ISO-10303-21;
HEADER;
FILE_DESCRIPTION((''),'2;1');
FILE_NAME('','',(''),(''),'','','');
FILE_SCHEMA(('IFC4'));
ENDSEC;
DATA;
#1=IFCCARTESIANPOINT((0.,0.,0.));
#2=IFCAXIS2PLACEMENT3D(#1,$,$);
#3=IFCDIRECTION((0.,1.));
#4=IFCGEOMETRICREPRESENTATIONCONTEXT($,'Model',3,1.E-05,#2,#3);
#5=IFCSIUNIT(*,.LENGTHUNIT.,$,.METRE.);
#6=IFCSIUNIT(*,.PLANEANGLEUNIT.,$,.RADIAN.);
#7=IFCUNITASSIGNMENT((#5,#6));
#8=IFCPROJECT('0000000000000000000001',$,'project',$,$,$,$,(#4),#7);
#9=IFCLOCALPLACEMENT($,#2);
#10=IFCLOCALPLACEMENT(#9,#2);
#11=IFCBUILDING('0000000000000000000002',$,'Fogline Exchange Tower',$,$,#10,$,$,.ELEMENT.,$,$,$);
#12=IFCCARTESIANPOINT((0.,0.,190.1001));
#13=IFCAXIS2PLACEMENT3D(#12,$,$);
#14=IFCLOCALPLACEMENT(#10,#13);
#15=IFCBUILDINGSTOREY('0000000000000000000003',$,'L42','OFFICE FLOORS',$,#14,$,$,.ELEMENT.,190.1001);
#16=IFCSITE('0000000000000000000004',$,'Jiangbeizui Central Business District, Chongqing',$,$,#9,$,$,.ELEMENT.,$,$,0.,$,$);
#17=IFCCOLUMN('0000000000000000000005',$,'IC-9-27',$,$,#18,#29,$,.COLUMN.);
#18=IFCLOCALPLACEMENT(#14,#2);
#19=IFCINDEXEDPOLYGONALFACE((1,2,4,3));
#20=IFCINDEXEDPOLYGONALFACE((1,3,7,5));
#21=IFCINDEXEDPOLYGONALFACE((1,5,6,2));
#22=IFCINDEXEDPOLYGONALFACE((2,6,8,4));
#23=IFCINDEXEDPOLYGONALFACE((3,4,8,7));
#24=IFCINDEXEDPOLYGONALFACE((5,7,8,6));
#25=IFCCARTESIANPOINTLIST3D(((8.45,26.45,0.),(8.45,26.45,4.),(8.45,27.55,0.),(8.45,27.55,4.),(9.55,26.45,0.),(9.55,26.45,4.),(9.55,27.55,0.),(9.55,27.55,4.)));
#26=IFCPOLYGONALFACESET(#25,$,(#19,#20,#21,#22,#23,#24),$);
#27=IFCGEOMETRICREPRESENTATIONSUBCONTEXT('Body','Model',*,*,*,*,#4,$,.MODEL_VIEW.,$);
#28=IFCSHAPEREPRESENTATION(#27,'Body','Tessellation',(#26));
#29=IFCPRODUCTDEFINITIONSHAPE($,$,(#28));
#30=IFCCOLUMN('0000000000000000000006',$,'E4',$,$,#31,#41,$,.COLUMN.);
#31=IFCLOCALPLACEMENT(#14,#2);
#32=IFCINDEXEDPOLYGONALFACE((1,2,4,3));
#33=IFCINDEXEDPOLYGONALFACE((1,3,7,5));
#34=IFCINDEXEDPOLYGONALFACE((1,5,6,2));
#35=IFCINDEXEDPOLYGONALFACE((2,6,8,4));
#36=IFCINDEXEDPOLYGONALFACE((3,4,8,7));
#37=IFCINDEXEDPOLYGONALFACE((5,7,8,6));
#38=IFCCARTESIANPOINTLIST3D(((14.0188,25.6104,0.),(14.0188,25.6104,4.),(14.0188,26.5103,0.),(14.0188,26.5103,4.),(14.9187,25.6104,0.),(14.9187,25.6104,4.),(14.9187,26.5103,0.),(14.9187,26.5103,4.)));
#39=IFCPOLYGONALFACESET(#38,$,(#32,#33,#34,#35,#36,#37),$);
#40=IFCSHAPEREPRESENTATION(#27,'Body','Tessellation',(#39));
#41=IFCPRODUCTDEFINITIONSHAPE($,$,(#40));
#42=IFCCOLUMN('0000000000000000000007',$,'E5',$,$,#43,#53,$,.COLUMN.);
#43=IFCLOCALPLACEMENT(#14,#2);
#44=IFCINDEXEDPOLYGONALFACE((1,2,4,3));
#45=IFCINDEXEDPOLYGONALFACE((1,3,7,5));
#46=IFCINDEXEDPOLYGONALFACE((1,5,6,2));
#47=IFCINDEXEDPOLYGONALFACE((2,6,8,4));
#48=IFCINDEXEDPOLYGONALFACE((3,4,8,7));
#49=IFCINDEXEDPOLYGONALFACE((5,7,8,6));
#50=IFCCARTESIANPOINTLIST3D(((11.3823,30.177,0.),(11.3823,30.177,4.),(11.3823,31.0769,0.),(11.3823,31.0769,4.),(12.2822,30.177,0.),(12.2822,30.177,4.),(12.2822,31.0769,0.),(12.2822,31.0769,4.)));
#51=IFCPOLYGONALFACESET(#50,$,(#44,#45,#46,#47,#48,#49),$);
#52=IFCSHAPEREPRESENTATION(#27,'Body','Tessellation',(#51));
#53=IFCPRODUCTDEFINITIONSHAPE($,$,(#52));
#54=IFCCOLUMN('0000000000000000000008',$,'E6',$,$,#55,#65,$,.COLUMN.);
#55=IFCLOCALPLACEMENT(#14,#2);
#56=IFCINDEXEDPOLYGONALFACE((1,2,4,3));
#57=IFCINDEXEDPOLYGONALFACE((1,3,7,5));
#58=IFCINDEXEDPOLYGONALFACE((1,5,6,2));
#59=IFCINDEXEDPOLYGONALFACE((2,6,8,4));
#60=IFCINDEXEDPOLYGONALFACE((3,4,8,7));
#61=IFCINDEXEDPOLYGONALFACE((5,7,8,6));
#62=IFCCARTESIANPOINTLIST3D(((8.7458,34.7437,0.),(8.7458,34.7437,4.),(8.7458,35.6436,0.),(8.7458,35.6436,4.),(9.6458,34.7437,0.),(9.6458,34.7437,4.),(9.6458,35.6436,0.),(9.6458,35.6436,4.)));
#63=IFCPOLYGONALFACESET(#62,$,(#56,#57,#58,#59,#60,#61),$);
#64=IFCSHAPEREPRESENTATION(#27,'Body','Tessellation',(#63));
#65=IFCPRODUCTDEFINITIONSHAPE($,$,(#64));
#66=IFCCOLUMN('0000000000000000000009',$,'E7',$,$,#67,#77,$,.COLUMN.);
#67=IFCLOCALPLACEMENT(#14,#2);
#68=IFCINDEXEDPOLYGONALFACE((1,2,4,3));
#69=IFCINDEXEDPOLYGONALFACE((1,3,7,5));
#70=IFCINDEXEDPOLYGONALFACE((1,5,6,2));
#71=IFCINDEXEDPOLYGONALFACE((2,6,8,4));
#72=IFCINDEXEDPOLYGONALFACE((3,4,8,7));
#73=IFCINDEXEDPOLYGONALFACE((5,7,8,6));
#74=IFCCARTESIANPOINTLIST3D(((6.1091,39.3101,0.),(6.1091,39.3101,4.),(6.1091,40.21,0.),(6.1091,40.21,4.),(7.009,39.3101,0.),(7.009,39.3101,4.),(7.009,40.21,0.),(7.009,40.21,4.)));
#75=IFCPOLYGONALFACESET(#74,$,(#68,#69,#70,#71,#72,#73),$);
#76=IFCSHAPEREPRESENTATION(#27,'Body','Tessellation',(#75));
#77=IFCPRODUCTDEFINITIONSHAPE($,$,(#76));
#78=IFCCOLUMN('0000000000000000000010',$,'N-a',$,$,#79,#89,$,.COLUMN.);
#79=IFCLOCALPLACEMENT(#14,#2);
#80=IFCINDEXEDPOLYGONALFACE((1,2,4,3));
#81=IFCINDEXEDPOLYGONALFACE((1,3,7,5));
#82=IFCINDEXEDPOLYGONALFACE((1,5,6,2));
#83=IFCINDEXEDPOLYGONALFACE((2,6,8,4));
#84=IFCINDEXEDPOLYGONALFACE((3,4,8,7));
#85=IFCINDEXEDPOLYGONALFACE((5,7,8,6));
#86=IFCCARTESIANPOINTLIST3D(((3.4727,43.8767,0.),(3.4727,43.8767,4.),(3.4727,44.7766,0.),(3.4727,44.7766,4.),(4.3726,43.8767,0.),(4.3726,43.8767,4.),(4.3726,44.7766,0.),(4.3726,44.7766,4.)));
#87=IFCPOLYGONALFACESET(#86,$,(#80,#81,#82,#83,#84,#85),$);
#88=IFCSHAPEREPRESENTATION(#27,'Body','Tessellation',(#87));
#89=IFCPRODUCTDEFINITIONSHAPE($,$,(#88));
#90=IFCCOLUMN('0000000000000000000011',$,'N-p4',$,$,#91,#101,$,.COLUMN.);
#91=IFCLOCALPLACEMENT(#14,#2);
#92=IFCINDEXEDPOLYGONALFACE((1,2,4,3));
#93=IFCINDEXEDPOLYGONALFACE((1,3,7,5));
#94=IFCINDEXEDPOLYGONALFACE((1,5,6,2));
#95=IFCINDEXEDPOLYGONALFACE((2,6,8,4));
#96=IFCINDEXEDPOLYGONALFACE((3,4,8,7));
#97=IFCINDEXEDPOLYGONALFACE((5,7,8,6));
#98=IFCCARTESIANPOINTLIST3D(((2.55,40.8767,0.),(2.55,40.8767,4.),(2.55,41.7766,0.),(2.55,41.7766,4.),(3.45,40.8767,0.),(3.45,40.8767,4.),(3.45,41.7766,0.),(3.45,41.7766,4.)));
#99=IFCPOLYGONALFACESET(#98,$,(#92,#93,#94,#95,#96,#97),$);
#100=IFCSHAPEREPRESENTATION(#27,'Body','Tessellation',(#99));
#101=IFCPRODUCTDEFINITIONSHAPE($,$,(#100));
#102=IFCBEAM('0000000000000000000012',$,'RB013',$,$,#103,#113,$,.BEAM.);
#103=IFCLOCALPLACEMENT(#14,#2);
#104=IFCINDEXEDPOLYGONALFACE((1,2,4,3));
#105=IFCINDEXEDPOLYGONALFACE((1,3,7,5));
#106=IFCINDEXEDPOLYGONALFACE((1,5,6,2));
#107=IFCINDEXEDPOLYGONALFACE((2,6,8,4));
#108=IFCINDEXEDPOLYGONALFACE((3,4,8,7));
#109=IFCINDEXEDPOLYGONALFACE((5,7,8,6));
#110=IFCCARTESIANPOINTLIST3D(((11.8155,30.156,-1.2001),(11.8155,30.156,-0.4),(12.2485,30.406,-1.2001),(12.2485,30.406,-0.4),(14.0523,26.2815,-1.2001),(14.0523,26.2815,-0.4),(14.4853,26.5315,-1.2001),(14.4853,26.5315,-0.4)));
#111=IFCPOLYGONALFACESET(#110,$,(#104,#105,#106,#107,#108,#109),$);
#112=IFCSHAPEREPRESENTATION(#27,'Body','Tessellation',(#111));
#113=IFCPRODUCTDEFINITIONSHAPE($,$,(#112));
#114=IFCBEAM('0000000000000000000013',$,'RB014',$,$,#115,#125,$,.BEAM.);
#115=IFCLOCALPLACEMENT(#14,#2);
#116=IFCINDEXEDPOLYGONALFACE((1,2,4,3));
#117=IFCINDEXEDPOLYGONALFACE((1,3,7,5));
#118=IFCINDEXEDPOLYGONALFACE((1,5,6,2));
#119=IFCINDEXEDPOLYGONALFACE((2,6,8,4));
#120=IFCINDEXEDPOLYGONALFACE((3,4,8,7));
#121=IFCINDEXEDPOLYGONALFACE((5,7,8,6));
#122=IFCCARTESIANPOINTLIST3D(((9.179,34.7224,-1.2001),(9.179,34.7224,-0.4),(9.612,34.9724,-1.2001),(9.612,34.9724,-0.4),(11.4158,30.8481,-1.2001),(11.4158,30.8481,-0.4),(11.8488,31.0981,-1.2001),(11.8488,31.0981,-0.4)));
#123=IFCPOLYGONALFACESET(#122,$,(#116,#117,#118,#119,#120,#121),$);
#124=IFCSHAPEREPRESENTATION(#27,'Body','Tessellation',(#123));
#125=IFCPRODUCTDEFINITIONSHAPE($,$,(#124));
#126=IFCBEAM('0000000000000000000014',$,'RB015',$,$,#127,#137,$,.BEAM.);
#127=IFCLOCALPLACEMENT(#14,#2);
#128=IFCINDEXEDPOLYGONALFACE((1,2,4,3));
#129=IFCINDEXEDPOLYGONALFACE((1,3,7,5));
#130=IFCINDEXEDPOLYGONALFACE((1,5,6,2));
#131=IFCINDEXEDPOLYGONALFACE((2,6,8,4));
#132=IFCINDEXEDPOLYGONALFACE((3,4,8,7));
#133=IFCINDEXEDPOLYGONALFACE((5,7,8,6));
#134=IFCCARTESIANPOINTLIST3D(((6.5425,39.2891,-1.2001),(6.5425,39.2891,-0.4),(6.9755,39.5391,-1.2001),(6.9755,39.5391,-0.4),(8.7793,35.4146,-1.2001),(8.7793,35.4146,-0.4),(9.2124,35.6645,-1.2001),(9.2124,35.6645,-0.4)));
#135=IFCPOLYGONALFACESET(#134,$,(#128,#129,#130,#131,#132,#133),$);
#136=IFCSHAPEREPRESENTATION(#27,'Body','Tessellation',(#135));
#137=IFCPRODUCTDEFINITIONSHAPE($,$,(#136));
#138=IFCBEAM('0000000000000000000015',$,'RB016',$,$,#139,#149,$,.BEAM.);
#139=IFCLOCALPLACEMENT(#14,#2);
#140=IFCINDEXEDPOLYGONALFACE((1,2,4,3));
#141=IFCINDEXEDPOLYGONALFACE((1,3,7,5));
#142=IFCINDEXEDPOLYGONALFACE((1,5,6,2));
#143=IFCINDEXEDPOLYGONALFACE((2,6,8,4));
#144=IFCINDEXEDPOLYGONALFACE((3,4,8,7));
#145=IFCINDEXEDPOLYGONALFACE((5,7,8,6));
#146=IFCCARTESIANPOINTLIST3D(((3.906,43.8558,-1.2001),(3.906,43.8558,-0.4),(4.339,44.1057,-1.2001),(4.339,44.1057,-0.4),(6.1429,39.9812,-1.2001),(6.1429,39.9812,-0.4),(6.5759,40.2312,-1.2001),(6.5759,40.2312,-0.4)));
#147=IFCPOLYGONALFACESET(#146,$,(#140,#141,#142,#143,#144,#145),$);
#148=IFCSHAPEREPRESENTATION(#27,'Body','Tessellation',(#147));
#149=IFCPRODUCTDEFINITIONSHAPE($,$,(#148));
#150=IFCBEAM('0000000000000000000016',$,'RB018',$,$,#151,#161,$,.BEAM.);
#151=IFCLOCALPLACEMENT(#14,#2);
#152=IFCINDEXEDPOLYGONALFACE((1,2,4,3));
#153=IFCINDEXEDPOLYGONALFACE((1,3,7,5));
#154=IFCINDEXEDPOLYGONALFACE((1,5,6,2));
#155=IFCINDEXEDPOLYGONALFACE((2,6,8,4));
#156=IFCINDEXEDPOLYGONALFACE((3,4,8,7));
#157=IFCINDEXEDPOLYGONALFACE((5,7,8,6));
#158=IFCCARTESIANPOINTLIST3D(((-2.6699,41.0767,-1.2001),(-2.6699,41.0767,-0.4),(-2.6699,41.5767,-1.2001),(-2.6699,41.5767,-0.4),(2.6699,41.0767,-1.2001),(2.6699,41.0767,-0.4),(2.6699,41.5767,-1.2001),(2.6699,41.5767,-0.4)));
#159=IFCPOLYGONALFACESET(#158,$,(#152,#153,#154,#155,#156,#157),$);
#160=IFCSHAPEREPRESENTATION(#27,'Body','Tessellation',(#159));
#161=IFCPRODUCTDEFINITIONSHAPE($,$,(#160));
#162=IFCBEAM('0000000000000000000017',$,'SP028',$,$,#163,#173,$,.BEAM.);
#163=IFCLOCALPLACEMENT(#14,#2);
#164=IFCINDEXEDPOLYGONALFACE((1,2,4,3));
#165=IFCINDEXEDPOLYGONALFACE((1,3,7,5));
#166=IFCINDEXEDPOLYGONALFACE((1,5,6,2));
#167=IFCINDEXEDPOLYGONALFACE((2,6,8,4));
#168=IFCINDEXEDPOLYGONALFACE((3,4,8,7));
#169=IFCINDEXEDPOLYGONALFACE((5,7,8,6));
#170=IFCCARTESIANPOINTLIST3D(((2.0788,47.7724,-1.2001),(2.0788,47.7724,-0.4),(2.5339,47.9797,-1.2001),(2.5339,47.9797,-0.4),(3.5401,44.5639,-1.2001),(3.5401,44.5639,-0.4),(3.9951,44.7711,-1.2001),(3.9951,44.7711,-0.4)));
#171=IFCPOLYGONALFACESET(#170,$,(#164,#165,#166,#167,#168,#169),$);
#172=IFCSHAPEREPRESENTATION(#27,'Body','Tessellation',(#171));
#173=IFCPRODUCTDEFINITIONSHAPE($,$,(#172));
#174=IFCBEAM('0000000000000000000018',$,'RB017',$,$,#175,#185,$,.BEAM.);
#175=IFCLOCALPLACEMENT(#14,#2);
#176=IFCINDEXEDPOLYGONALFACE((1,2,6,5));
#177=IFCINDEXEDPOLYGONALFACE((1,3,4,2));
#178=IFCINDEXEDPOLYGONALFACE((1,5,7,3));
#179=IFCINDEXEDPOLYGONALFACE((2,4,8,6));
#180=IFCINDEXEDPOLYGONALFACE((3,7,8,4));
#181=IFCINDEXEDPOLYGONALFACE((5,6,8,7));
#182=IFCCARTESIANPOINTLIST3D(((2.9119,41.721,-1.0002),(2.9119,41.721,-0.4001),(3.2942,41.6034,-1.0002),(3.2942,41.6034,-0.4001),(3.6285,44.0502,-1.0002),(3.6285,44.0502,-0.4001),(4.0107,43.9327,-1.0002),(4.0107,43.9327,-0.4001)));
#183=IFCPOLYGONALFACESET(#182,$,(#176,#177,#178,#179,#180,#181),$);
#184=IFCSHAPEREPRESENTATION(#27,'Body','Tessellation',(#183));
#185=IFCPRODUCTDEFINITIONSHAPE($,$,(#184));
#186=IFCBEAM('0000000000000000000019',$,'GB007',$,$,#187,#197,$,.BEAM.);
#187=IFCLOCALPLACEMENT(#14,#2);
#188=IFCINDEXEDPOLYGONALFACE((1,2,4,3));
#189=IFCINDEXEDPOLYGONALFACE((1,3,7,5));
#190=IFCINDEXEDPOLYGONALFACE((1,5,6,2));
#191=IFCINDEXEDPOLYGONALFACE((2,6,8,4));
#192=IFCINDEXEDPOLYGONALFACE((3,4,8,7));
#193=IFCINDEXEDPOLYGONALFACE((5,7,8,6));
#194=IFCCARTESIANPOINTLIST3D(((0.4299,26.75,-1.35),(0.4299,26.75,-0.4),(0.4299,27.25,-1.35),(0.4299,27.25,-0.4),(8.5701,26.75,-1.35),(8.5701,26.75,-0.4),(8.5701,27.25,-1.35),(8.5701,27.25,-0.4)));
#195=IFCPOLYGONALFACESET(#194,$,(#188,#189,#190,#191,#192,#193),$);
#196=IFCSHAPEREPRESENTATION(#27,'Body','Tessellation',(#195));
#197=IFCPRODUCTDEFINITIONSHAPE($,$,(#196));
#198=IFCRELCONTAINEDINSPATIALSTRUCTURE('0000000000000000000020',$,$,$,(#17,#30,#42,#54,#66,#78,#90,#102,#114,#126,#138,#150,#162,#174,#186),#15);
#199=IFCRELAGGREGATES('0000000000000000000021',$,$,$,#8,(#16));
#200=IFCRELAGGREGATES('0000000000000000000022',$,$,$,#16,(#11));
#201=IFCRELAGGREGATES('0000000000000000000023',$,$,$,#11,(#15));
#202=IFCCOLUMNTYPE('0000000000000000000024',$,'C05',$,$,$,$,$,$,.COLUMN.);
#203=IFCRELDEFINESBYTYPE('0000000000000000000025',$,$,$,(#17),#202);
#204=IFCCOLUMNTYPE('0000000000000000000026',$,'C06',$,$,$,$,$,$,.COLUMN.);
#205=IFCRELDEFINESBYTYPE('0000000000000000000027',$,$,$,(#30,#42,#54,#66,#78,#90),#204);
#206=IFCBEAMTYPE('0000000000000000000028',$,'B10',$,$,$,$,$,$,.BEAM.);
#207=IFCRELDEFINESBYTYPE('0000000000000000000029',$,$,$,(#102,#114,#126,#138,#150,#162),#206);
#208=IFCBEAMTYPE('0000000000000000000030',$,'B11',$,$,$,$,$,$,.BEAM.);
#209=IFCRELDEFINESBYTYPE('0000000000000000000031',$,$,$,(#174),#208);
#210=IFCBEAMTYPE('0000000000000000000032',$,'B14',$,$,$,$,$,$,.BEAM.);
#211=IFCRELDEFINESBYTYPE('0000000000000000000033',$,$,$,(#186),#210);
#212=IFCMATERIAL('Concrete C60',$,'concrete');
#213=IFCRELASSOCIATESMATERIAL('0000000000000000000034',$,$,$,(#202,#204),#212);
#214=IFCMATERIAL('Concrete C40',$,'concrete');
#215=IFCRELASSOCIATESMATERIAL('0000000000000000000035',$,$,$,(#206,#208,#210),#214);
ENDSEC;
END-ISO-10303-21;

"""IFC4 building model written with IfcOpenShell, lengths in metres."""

from ifc_helpers import new_model, si_unit, direction, frame, origin, origin_2d, place, context, subcontext, project, spatial, rectangle, extrude, material, material_profile, profile_set, type_object, element, save


model = new_model("IFC4")

# Units and contexts
model_context = context("Model", 3, precision=1e-05, world=origin(), true_north=direction((0.0, 1.0)))
body_context = subcontext(model_context, "Body", "Model", "MODEL_VIEW")
ifc_project = project(units=[si_unit("LENGTHUNIT", "METRE"), si_unit("PLANEANGLEUNIT", "RADIAN")], contexts=[model_context])

# Site, building, storey
site_placement = place(None, origin())
site = spatial("IfcSite", under=ifc_project, at=site_placement, Name="Jiangbeizui Central Business District, Chongqing", CompositionType="ELEMENT", RefElevation=0.0)
building_placement = place(site_placement, origin())
building = spatial("IfcBuilding", under=site, at=building_placement, Name="Fogline Exchange Tower", CompositionType="ELEMENT")
storey_placement = place(building_placement, frame((0.0, 0.0, 190.1001)))
storey = spatial("IfcBuildingStorey", under=building, at=storey_placement, Name="L42", Description="OFFICE FLOORS", CompositionType="ELEMENT", Elevation=190.1001)

# Columns
ifc_material_1 = material(Name="Concrete C60", Category="concrete")
ifc_material_profile_1 = material_profile(ifc_material_1, rectangle(XDim=1.1001, YDim=1.1001, at=origin_2d()), Name="RC 1100x1100")
ifc_profile_set_1 = profile_set([ifc_material_profile_1], Name="Concrete C60")
column_type_1 = type_object("IfcColumnType", Name="C05", PredefinedType="COLUMN", material=ifc_profile_set_1)
column_placement = place(storey_placement, frame((9.0, 27.0, 0.0), z_axis=(0.0, 0.0, 1.0), x_axis=(1.0, 0.0, 0.0)))
element("IfcColumn", 1, at=column_placement, inside=storey, type_object=column_type_1, Name="IC-9-27", PredefinedType="COLUMN", context=body_context, shape_type="SweptSolid", body=[
    extrude(rectangle(XDim=1.1001, YDim=1.1001, at=origin_2d()), origin(), (0.0, 0.0, 1.0), 4.0),
])
ifc_material_profile_2 = material_profile(ifc_material_1, rectangle(XDim=0.8999, YDim=0.8999, at=origin_2d()), Name="RC 900x900")
ifc_profile_set_2 = profile_set([ifc_material_profile_2], Name="Concrete C60")
column_type_2 = type_object("IfcColumnType", Name="C06", PredefinedType="COLUMN", material=ifc_profile_set_2)
for number, where, z_axis, x_axis, name in (
    (2, (14.4688, 26.0603, 0.0), (0.0, 0.0, 1.0), (1.0, 0.0, 0.0), "E4"),
    (3, (11.8323, 30.627, 0.0), (0.0, 0.0, 1.0), (1.0, 0.0, 0.0), "E5"),
    (4, (9.1958, 35.1936, 0.0), (0.0, 0.0, 1.0), (1.0, 0.0, 0.0), "E6"),
    (5, (6.5591, 39.76, 0.0), (0.0, 0.0, 1.0), (1.0, 0.0, 0.0), "E7"),
    (6, (3.9226, 44.3267, 0.0), (0.0, 0.0, 1.0), (1.0, 0.0, 0.0), "N-a"),
    (7, (3.0, 41.3267, 0.0), (0.0, 0.0, 1.0), (1.0, 0.0, 0.0), "N-p4"),
):
    element("IfcColumn", number, at=place(storey_placement, frame(where, z_axis=z_axis, x_axis=x_axis)), inside=storey, type_object=column_type_2, Name=name, PredefinedType="COLUMN", context=body_context, shape_type="SweptSolid", body=[
        extrude(rectangle(XDim=0.8999, YDim=0.8999, at=origin_2d()), origin(), (0.0, 0.0, 1.0), 4.0),
    ])

# Beams
ifc_material_2 = material(Name="Concrete C40", Category="concrete")
ifc_material_profile_3 = material_profile(ifc_material_2, rectangle(XDim=0.5, YDim=0.8, at=origin_2d()), Name="RC 500x800")
ifc_profile_set_3 = profile_set([ifc_material_profile_3], Name="Concrete C40")
beam_type_1 = type_object("IfcBeamType", Name="B10", PredefinedType="BEAM", material=ifc_profile_set_3)
beam_1_placement = place(storey_placement, frame((14.2688, 26.4065, -0.8), z_axis=(-0.499978, 0.866038, 0.0), x_axis=(-0.866038, -0.499978, 0.0)))
element("IfcBeam", 8, at=beam_1_placement, inside=storey, type_object=beam_type_1, Name="RB013", PredefinedType="BEAM", context=body_context, shape_type="SweptSolid", body=[
    extrude(rectangle(XDim=0.5, YDim=0.8, at=origin_2d()), origin(), (0.0, 0.0, 1.0), 4.4739),
])
beam_2_placement = place(storey_placement, frame((11.6323, 30.9731, -0.8), z_axis=(-0.500001, 0.866025, 0.0), x_axis=(-0.866025, -0.500001, 0.0)))
element("IfcBeam", 9, at=beam_2_placement, inside=storey, type_object=beam_type_1, Name="RB014", PredefinedType="BEAM", context=body_context, shape_type="SweptSolid", body=[
    extrude(rectangle(XDim=0.5, YDim=0.8, at=origin_2d()), origin(), (0.0, 0.0, 1.0), 4.4736),
])
for number, where, z_axis, x_axis, name in (
    (10, (8.9958, 35.5396, -0.8), (-0.499978, 0.866038, 0.0), (-0.866038, -0.499978, 0.0), "RB015"),
    (11, (6.3594, 40.1062, -0.8), (-0.499978, 0.866038, 0.0), (-0.866038, -0.499978, 0.0), "RB016"),
):
    element("IfcBeam", number, at=place(storey_placement, frame(where, z_axis=z_axis, x_axis=x_axis)), inside=storey, type_object=beam_type_1, Name=name, PredefinedType="BEAM", context=body_context, shape_type="SweptSolid", body=[
        extrude(rectangle(XDim=0.5, YDim=0.8, at=origin_2d()), origin(), (0.0, 0.0, 1.0), 4.4739),
    ])
beam_3_placement = place(storey_placement, frame((2.6699, 41.3267, -0.8), z_axis=(-1.0, 0.0, 0.0), x_axis=(0.0, -1.0, 0.0)))
element("IfcBeam", 12, at=beam_3_placement, inside=storey, type_object=beam_type_1, Name="RB018", PredefinedType="BEAM", context=body_context, shape_type="SweptSolid", body=[
    extrude(rectangle(XDim=0.5, YDim=0.8, at=origin_2d()), origin(), (0.0, 0.0, 1.0), 5.3398),
])
beam_4_placement = place(storey_placement, frame((3.7676, 44.6675, -0.8), z_axis=(-0.414455, 0.91007, 0.0), x_axis=(-0.91007, -0.414455, 0.0)))
element("IfcBeam", 13, at=beam_4_placement, inside=storey, type_object=beam_type_1, Name="SP028", PredefinedType="BEAM", context=body_context, shape_type="SweptSolid", body=[
    extrude(rectangle(XDim=0.5, YDim=0.8, at=origin_2d()), origin(), (0.0, 0.0, 1.0), 3.5256),
])
ifc_material_profile_4 = material_profile(ifc_material_2, rectangle(XDim=0.3999, YDim=0.6001, at=origin_2d()), Name="RC 400x600")
ifc_profile_set_4 = profile_set([ifc_material_profile_4], Name="Concrete C40")
beam_type_2 = type_object("IfcBeamType", Name="B11", PredefinedType="BEAM", material=ifc_profile_set_4)
beam_5_placement = place(storey_placement, frame((3.8196, 43.9915, -0.7002), z_axis=(-0.294022, -0.955799, 0.0), x_axis=(0.955799, -0.294022, 0.0)))
element("IfcBeam", 14, at=beam_5_placement, inside=storey, type_object=beam_type_2, Name="RB017", PredefinedType="BEAM", context=body_context, shape_type="SweptSolid", body=[
    extrude(rectangle(XDim=0.3999, YDim=0.6001, at=origin_2d()), origin(), (0.0, 0.0, 1.0), 2.437),
])
ifc_material_profile_5 = material_profile(ifc_material_2, rectangle(XDim=0.5, YDim=0.95, at=origin_2d()), Name="RC 500x950")
ifc_profile_set_5 = profile_set([ifc_material_profile_5], Name="Concrete C40")
beam_type_3 = type_object("IfcBeamType", Name="B14", PredefinedType="BEAM", material=ifc_profile_set_5)
beam_6_placement = place(storey_placement, frame((0.4299, 27.0, -0.875), z_axis=(1.0, 0.0, 0.0), x_axis=(0.0, 1.0, 0.0)))
element("IfcBeam", 15, at=beam_6_placement, inside=storey, type_object=beam_type_3, Name="GB007", PredefinedType="BEAM", context=body_context, shape_type="SweptSolid", body=[
    extrude(rectangle(XDim=0.5, YDim=0.95, at=origin_2d()), origin(), (0.0, 0.0, 1.0), 8.1401),
])

save(model, "model.ifc")
